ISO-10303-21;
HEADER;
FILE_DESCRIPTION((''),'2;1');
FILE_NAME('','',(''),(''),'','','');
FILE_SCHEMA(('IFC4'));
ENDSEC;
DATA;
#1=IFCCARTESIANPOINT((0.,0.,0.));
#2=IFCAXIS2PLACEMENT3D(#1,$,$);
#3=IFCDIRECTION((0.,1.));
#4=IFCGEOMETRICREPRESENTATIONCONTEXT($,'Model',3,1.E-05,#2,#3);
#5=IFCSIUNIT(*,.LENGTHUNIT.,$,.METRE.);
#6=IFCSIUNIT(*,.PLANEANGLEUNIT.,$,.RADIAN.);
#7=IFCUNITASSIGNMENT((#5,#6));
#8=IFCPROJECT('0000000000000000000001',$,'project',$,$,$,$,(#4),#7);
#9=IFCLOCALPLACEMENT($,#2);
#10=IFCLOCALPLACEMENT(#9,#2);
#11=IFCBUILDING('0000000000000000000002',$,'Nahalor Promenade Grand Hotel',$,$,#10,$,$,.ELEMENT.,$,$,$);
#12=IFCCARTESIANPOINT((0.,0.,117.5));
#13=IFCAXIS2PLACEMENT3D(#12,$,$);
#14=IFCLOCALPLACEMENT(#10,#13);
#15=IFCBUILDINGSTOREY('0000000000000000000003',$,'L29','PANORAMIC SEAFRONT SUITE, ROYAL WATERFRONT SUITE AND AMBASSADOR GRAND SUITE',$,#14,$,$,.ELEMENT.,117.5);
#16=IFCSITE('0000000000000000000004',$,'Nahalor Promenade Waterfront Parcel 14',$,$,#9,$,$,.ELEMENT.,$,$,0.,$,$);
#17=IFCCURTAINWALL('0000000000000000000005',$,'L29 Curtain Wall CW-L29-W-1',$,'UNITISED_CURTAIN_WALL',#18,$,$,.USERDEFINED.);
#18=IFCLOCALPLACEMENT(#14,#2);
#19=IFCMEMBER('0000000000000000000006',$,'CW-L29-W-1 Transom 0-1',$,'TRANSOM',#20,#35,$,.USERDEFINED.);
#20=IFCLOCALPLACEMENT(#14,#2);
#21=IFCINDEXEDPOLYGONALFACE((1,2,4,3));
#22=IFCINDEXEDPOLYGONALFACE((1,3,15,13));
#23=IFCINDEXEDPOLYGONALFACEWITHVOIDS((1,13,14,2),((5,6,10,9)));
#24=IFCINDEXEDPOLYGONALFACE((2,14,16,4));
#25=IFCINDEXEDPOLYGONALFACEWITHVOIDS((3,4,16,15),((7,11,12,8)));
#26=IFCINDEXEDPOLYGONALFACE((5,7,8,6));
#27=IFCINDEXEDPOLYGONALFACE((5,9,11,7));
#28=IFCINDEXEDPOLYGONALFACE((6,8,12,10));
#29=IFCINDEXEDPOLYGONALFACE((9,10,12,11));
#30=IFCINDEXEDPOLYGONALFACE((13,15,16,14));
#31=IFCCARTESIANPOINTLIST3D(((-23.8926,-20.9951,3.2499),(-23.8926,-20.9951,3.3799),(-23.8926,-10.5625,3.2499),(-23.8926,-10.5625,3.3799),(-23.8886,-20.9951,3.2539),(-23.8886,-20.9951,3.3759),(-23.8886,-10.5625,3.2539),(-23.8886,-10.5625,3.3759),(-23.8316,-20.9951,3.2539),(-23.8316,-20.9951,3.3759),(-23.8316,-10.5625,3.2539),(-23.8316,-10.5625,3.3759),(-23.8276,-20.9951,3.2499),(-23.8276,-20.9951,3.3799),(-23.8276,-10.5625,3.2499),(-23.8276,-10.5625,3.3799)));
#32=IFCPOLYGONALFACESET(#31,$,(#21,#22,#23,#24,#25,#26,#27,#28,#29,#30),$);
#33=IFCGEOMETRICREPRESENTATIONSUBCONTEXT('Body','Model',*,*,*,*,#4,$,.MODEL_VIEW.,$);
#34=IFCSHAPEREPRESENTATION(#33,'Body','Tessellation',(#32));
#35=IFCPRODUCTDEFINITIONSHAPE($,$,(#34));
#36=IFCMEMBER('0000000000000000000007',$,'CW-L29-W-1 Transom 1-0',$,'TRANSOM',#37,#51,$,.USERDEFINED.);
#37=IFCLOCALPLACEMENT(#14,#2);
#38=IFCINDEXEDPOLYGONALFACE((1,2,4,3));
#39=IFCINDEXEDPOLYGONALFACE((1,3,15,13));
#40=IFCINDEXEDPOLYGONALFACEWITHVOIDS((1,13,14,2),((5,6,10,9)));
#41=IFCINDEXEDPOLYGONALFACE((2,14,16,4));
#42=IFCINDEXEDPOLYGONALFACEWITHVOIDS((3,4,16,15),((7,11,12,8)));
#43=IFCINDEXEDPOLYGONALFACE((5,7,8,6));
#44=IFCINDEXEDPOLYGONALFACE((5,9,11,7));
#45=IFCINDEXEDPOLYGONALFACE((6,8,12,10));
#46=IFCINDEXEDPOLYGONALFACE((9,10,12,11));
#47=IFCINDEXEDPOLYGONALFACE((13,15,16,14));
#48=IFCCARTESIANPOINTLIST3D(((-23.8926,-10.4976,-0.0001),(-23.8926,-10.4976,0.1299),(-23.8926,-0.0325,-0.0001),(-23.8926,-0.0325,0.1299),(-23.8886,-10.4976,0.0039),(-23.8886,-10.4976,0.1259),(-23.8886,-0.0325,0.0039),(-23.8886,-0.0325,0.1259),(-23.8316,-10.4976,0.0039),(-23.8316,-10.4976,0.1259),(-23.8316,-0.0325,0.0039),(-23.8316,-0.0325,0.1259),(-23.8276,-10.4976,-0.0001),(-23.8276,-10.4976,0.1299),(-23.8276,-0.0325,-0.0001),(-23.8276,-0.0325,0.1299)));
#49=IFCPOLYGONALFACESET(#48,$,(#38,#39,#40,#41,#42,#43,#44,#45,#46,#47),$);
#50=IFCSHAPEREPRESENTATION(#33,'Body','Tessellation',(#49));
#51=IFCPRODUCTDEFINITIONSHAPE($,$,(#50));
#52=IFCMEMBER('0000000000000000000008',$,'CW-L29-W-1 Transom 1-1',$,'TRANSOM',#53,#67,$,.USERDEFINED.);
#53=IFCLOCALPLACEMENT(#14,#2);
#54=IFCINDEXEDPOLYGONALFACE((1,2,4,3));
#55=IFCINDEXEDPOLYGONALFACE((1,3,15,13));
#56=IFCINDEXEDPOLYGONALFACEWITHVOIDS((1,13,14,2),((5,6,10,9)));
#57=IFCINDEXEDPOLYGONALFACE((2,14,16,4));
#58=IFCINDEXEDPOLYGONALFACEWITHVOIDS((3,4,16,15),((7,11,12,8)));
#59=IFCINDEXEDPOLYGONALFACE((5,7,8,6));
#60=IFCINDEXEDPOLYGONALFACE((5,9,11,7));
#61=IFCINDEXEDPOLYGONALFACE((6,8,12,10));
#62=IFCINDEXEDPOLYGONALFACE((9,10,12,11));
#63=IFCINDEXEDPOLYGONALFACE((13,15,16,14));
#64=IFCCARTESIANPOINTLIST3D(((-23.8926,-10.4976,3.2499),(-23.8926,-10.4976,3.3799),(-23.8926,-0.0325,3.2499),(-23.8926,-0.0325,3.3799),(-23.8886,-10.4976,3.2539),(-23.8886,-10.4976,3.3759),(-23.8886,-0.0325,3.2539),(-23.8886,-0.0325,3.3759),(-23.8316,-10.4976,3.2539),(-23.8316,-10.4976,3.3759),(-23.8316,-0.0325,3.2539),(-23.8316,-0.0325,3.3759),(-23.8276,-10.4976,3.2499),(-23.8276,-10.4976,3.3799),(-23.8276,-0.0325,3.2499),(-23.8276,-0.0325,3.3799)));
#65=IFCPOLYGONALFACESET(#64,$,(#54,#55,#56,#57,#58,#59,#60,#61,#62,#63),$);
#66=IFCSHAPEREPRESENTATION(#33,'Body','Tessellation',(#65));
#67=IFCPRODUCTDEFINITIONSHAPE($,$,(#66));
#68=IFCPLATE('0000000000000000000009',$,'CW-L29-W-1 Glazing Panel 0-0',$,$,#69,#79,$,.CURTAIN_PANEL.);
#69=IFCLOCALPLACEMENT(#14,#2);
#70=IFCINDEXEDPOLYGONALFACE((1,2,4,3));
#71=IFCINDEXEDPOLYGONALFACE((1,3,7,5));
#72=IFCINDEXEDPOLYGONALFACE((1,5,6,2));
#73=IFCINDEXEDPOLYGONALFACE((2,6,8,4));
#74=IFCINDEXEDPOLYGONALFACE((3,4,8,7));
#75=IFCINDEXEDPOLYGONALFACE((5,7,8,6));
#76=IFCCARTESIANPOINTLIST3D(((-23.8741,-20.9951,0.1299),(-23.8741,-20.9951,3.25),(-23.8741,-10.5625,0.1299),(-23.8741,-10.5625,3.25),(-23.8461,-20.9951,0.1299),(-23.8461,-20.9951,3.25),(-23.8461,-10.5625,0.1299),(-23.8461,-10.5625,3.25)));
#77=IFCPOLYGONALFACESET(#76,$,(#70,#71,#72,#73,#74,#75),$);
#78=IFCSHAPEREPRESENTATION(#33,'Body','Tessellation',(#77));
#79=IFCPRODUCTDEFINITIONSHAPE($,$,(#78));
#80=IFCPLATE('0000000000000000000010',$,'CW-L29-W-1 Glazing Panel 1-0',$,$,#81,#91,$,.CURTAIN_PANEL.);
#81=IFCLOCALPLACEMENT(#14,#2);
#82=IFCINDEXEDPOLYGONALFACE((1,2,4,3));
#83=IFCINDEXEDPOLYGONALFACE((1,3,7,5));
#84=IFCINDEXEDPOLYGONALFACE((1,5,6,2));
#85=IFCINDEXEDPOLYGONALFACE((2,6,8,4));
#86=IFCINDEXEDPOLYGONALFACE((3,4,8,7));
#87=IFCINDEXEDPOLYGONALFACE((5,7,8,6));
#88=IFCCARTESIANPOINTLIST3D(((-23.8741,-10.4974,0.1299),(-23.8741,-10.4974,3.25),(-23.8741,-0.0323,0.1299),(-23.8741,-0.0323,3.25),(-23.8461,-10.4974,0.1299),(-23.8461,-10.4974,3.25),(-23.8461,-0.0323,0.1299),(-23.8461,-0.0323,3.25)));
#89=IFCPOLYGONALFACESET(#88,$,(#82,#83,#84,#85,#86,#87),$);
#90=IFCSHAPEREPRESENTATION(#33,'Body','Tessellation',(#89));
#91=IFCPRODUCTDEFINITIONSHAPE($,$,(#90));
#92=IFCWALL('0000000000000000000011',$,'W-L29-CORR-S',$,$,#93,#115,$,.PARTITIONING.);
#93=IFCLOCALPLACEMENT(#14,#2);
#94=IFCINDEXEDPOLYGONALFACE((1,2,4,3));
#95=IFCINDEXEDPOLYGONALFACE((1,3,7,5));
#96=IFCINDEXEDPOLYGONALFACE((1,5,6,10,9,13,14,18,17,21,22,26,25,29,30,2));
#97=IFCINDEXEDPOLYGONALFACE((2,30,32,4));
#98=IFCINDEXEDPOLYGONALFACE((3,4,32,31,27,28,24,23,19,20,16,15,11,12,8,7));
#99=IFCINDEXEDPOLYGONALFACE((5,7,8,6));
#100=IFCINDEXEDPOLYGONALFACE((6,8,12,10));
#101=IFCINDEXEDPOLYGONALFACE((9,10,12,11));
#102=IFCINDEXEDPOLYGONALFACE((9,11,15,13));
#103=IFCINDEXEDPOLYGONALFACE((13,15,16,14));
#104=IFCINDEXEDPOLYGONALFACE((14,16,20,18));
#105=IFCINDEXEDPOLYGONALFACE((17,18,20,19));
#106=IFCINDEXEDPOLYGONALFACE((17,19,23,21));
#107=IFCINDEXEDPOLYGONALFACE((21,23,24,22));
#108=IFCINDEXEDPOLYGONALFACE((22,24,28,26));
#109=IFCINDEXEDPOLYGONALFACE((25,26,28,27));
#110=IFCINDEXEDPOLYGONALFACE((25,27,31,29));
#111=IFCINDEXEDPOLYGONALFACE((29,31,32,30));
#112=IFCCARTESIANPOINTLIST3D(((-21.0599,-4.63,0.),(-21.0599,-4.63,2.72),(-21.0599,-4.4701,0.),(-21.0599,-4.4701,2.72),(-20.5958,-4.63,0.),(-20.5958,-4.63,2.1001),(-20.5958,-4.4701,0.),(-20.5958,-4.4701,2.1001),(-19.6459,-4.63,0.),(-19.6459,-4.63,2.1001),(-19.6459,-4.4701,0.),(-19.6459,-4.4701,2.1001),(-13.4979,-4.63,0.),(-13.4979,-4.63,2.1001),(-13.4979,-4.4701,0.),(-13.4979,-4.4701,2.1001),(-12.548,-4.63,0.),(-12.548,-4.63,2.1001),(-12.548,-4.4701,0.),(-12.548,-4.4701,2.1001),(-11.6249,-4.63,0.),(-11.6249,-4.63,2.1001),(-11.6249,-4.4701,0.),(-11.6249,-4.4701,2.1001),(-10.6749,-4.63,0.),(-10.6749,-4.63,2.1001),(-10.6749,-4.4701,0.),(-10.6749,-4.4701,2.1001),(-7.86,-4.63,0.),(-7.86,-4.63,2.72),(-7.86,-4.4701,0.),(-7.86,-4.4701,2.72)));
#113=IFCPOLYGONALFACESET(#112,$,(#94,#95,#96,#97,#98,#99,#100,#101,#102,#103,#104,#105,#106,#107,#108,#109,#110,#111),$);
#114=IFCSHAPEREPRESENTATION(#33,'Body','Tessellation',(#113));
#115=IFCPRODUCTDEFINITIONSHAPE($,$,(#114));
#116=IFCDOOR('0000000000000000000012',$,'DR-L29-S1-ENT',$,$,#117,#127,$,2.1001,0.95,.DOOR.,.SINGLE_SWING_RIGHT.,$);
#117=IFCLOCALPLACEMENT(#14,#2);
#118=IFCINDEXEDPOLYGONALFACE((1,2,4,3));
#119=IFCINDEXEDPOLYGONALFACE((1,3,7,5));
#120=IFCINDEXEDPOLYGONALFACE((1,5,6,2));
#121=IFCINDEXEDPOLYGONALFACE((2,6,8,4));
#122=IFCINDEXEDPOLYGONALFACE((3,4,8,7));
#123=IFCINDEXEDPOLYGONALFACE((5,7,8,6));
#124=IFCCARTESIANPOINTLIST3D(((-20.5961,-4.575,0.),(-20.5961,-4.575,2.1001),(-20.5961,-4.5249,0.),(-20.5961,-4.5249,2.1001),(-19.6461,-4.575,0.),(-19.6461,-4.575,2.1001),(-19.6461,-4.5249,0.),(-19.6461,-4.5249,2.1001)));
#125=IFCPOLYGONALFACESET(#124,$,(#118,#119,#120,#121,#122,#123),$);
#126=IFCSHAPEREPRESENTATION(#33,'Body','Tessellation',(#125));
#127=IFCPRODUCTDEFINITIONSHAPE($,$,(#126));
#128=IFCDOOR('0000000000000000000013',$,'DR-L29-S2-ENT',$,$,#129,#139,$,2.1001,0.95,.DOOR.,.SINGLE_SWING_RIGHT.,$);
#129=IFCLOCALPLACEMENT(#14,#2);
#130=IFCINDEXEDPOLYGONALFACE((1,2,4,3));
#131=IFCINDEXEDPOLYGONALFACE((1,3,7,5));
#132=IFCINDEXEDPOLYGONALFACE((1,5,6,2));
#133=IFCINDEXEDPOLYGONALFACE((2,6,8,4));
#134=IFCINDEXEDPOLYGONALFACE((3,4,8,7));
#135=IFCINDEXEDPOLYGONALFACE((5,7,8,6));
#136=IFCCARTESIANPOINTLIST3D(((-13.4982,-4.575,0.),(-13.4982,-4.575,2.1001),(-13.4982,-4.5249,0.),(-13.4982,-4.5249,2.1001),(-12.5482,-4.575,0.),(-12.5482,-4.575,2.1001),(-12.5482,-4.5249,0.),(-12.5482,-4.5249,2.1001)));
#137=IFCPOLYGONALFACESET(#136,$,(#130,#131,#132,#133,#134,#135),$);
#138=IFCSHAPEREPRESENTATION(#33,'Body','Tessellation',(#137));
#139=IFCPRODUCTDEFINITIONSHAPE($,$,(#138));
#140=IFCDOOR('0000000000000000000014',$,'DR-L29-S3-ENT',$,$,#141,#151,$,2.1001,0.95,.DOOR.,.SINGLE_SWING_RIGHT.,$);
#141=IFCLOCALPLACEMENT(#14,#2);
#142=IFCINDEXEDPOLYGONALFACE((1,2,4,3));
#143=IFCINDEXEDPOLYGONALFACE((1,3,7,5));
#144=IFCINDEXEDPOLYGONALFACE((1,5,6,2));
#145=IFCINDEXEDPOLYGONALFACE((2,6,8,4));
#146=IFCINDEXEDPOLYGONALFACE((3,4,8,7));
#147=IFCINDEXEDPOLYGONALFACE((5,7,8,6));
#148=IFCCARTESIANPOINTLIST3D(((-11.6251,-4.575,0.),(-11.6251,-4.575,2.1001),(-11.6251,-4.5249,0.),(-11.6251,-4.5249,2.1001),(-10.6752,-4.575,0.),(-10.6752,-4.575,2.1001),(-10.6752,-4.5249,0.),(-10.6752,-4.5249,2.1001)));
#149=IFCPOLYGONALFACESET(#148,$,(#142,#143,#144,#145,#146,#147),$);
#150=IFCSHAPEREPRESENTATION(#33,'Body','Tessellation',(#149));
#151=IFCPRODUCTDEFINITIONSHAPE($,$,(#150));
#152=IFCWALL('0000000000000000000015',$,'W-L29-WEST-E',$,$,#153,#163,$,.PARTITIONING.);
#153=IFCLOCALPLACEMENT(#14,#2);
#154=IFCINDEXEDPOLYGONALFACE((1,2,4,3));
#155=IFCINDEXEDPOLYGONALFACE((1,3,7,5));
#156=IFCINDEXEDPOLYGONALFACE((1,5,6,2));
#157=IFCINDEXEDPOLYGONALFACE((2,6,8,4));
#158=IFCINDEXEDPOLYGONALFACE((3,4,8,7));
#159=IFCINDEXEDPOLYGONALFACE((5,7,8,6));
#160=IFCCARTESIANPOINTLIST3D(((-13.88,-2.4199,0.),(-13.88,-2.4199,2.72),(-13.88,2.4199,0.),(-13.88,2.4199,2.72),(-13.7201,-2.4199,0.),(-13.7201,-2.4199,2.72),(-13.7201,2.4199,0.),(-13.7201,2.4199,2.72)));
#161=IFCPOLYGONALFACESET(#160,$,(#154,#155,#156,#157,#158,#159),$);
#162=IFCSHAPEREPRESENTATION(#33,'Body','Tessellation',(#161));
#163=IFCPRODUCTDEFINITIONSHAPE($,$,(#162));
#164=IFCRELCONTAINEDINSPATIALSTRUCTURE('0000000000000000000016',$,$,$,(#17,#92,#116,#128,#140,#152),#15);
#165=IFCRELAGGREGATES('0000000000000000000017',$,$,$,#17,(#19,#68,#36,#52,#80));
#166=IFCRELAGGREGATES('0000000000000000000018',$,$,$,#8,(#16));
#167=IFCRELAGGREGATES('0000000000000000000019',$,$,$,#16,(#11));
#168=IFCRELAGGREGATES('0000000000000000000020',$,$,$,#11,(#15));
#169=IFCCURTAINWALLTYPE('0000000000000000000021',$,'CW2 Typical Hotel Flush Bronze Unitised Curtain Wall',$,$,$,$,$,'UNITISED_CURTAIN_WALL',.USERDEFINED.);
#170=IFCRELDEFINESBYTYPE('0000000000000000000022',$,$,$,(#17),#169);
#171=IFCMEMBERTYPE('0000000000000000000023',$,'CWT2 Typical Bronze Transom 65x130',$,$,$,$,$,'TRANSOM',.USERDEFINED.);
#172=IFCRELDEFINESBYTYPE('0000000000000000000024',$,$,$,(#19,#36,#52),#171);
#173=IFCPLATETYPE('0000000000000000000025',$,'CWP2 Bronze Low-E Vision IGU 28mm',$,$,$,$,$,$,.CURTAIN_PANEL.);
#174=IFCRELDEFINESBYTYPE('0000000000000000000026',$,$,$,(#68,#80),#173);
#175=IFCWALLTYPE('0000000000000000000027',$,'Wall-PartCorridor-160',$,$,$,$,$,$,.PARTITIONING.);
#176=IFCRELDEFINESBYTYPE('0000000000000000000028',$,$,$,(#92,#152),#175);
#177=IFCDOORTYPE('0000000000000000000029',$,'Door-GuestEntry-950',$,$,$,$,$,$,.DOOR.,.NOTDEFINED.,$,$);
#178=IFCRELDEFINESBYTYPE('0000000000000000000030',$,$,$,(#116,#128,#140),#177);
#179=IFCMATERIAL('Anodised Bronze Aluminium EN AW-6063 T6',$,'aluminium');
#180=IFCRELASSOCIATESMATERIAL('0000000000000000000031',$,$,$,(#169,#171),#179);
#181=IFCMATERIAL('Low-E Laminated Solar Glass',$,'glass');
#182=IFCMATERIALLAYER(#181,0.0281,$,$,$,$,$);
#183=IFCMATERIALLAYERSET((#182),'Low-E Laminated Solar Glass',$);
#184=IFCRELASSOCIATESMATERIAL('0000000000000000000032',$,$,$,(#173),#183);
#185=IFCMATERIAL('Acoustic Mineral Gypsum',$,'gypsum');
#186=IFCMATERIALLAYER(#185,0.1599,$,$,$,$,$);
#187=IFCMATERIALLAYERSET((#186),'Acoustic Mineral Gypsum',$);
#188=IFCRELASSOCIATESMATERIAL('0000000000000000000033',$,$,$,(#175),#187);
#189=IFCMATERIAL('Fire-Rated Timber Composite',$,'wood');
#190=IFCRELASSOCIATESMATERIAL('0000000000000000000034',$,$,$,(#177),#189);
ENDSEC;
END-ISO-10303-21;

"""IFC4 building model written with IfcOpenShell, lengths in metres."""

from ifc_helpers import new_model, si_unit, direction, frame, frame_2d, origin, origin_2d, place, context, subcontext, project, spatial, rectangle, hollow_rectangle, extrude, source, transform, mapped, material, layer, layer_set, material_profile, profile_set, type_object, element, fill, aggregate, save


model = new_model("IFC4")

# Units and contexts
model_context = context("Model", 3, precision=1e-05, world=origin(), true_north=direction((0.0, 1.0)))
body_context = subcontext(model_context, "Body", "Model", "MODEL_VIEW")
ifc_project = project(units=[si_unit("LENGTHUNIT", "METRE"), si_unit("PLANEANGLEUNIT", "RADIAN")], contexts=[model_context])

# Site, building, storey
site_placement = place(None, origin())
site = spatial("IfcSite", under=ifc_project, at=site_placement, Name="Nahalor Promenade Waterfront Parcel 14", CompositionType="ELEMENT", RefElevation=0.0)
building_placement = place(site_placement, origin())
building = spatial("IfcBuilding", under=site, at=building_placement, Name="Nahalor Promenade Grand Hotel", CompositionType="ELEMENT")
storey_placement = place(building_placement, frame((0.0, 0.0, 117.5)))
storey = spatial("IfcBuildingStorey", under=building, at=storey_placement, Name="L29", Description="PANORAMIC SEAFRONT SUITE, ROYAL WATERFRONT SUITE AND AMBASSADOR GRAND SUITE", CompositionType="ELEMENT", Elevation=117.5)

# Curtain wall, members, plates
ifc_material_1 = material(Name="Anodised Bronze Aluminium EN AW-6063 T6", Category="aluminium")
curtain_wall_type = type_object("IfcCurtainWallType", Name="CW2 Typical Hotel Flush Bronze Unitised Curtain Wall", ElementType="UNITISED_CURTAIN_WALL", PredefinedType="USERDEFINED", material=ifc_material_1)
curtain_wall_placement = place(storey_placement, origin())
curtain_wall = element("IfcCurtainWall", 1, at=curtain_wall_placement, inside=storey, type_object=curtain_wall_type, Name="L29 Curtain Wall CW-L29-W-1", ObjectType="UNITISED_CURTAIN_WALL", PredefinedType="USERDEFINED")
ifc_material_profile_1 = material_profile(ifc_material_1, hollow_rectangle(XDim=0.065, YDim=0.13, WallThickness=0.004, at=origin_2d()), Name="CWT 65x130x4")
ifc_profile_set_1 = profile_set([ifc_material_profile_1], Name="Anodised Bronze Aluminium EN AW-6063 T6")
member_type_1 = type_object("IfcMemberType", Name="CWT2 Typical Bronze Transom 65x130", ElementType="TRANSOM", PredefinedType="USERDEFINED", material=ifc_profile_set_1)
shared_shape_1 = source(origin(), body_context, "Body", "SweptSolid", [
    extrude(hollow_rectangle(XDim=0.065, YDim=0.13, WallThickness=0.004, at=origin_2d()), origin(), (0.0, 0.0, 1.0), 10.4326),
])
member_1_placement = place(storey_placement, frame((-23.8601, -20.9951, 3.3149), z_axis=(0.0, 1.0, 0.0), x_axis=(-1.0, 0.0, 0.0)))
member_1 = element("IfcMember", 2, at=member_1_placement, type_object=member_type_1, Name="CW-L29-W-1 Transom 0-1", ObjectType="TRANSOM", PredefinedType="USERDEFINED", context=body_context, shape_type="MappedRepresentation", body=[
    mapped(shared_shape_1, transform((0.0, 0.0, 0.0), scale=1.0)),
])
shared_shape_2 = source(origin(), body_context, "Body", "SweptSolid", [
    extrude(hollow_rectangle(XDim=0.065, YDim=0.13, WallThickness=0.004, at=origin_2d()), origin(), (0.0, 0.0, 1.0), 10.4651),
])
member_2_placement = place(storey_placement, frame((-23.8601, -10.4976, 0.0649), z_axis=(0.0, 1.0, 0.0), x_axis=(-1.0, 0.0, 0.0)))
member_2 = element("IfcMember", 3, at=member_2_placement, type_object=member_type_1, Name="CW-L29-W-1 Transom 1-0", ObjectType="TRANSOM", PredefinedType="USERDEFINED", context=body_context, shape_type="MappedRepresentation", body=[
    mapped(shared_shape_2, transform((0.0, 0.0, 0.0), scale=1.0)),
])
member_3_placement = place(storey_placement, frame((-23.8601, -10.4976, 3.3149), z_axis=(0.0, 1.0, 0.0), x_axis=(-1.0, 0.0, 0.0)))
member_3 = element("IfcMember", 4, at=member_3_placement, type_object=member_type_1, Name="CW-L29-W-1 Transom 1-1", ObjectType="TRANSOM", PredefinedType="USERDEFINED", context=body_context, shape_type="MappedRepresentation", body=[
    mapped(shared_shape_2, transform((0.0, 0.0, 0.0), scale=1.0)),
])
ifc_material_2 = material(Name="Low-E Laminated Solar Glass", Category="glass")
ifc_layer_1 = layer(ifc_material_2, 0.0281)
ifc_layer_set_1 = layer_set([ifc_layer_1], Name="Low-E Laminated Solar Glass")
plate_type = type_object("IfcPlateType", Name="CWP2 Bronze Low-E Vision IGU 28mm", PredefinedType="CURTAIN_PANEL", material=ifc_layer_set_1)
shared_shape_3 = source(origin(), body_context, "Body", "SweptSolid", [
    extrude(rectangle(XDim=10.4326, YDim=0.0281, at=origin_2d()), origin(), (0.0, 0.0, 1.0), 3.1201),
])
plate_1_placement = place(storey_placement, frame((-23.8601, -15.7788, 0.1299), z_axis=(0.0, 0.0, 1.0), x_axis=(0.0, 1.0, 0.0)))
plate_1 = element("IfcPlate", 5, at=plate_1_placement, type_object=plate_type, Name="CW-L29-W-1 Glazing Panel 0-0", PredefinedType="CURTAIN_PANEL", context=body_context, shape_type="MappedRepresentation", body=[
    mapped(shared_shape_3, transform((0.0, 0.0, 0.0), scale=1.0)),
])
shared_shape_4 = source(origin(), body_context, "Body", "SweptSolid", [
    extrude(rectangle(XDim=10.4651, YDim=0.0281, at=origin_2d()), origin(), (0.0, 0.0, 1.0), 3.1201),
])
plate_2_placement = place(storey_placement, frame((-23.8601, -5.2649, 0.1299), z_axis=(0.0, 0.0, 1.0), x_axis=(0.0, 1.0, 0.0)))
plate_2 = element("IfcPlate", 6, at=plate_2_placement, type_object=plate_type, Name="CW-L29-W-1 Glazing Panel 1-0", PredefinedType="CURTAIN_PANEL", context=body_context, shape_type="MappedRepresentation", body=[
    mapped(shared_shape_4, transform((0.0, 0.0, 0.0), scale=1.0)),
])
aggregate(curtain_wall, [member_1, plate_1, member_2, member_3, plate_2])

# Wall, openings, doors
ifc_material_3 = material(Name="Acoustic Mineral Gypsum", Category="gypsum")
ifc_layer_2 = layer(ifc_material_3, 0.1599)
ifc_layer_set_2 = layer_set([ifc_layer_2], Name="Acoustic Mineral Gypsum")
wall_type = type_object("IfcWallType", Name="Wall-PartCorridor-160", PredefinedType="PARTITIONING", material=ifc_layer_set_2)
shared_shape_5 = source(origin(), body_context, "Body", "SweptSolid", [
    extrude(rectangle(XDim=13.2, YDim=0.1599, at=frame_2d((6.6001, 0.0))), origin(), (0.0, 0.0, 1.0), 2.72),
])
wall_1_placement = place(storey_placement, frame((-21.0601, -4.55, 0.0), z_axis=(0.0, 0.0, 1.0), x_axis=(1.0, 0.0, 0.0)))
wall_1 = element("IfcWall", 7, at=wall_1_placement, inside=storey, type_object=wall_type, Name="W-L29-CORR-S", PredefinedType="PARTITIONING", context=body_context, shape_type="MappedRepresentation", body=[
    mapped(shared_shape_5, transform((0.0, 0.0, 0.0), scale=1.0)),
])
opening_1_placement = place(wall_1_placement, frame((0.4641, 0.0, 0.0)))
opening_1 = element("IfcOpeningElement", 8, at=opening_1_placement, cuts=wall_1, PredefinedType="OPENING", context=body_context, shape_type="SweptSolid", body=[
    extrude(rectangle(XDim=0.95, YDim=2.1001, at=frame_2d((0.4751, 1.05))), frame((0.0, 0.0898, 0.0), z_axis=(0.0, -1.0, 0.0), x_axis=(1.0, 0.0, 0.0)), (0.0, 0.0, 1.0), 0.1799),
])
opening_2_placement = place(wall_1_placement, frame((7.562, 0.0, 0.0)))
opening_2 = element("IfcOpeningElement", 9, at=opening_2_placement, cuts=wall_1, PredefinedType="OPENING", context=body_context, shape_type="SweptSolid", body=[
    extrude(rectangle(XDim=0.95, YDim=2.1001, at=frame_2d((0.4751, 1.05))), frame((0.0, 0.0898, 0.0), z_axis=(0.0, -1.0, 0.0), x_axis=(1.0, 0.0, 0.0)), (0.0, 0.0, 1.0), 0.1799),
])
opening_3_placement = place(wall_1_placement, frame((9.4351, 0.0, 0.0)))
opening_3 = element("IfcOpeningElement", 10, at=opening_3_placement, cuts=wall_1, PredefinedType="OPENING", context=body_context, shape_type="SweptSolid", body=[
    extrude(rectangle(XDim=0.95, YDim=2.1001, at=frame_2d((0.4751, 1.05))), frame((0.0, 0.0898, 0.0), z_axis=(0.0, -1.0, 0.0), x_axis=(1.0, 0.0, 0.0)), (0.0, 0.0, 1.0), 0.1799),
])
ifc_material_4 = material(Name="Fire-Rated Timber Composite", Category="wood")
door_type = type_object("IfcDoorType", Name="Door-GuestEntry-950", OperationType="NOTDEFINED", PredefinedType="DOOR", material=ifc_material_4)
shared_shape_6 = source(origin(), body_context, "Body", "SweptSolid", [
    extrude(rectangle(XDim=0.95, YDim=2.1001, at=frame_2d((0.4751, 1.05))), frame((0.0, 0.0249, 0.0), z_axis=(0.0, -1.0, 0.0), x_axis=(1.0, 0.0, 0.0)), (0.0, 0.0, 1.0), 0.05),
])
door_1_placement = place(opening_1_placement, frame((0.95, 0.0, 0.0), z_axis=(0.0, 0.0, 1.0), x_axis=(-1.0, 0.0, 0.0)))
door_1 = element("IfcDoor", 11, at=door_1_placement, inside=storey, type_object=door_type, Name="DR-L29-S1-ENT", OperationType="SINGLE_SWING_RIGHT", OverallHeight=2.1001, OverallWidth=0.95, PredefinedType="DOOR", context=body_context, shape_type="MappedRepresentation", body=[
    mapped(shared_shape_6, transform((0.0, 0.0, 0.0), scale=1.0)),
])
fill(opening_1, door_1)
door_2_placement = place(opening_2_placement, frame((0.95, 0.0, 0.0), z_axis=(0.0, 0.0, 1.0), x_axis=(-1.0, 0.0, 0.0)))
door_2 = element("IfcDoor", 12, at=door_2_placement, inside=storey, type_object=door_type, Name="DR-L29-S2-ENT", OperationType="SINGLE_SWING_RIGHT", OverallHeight=2.1001, OverallWidth=0.95, PredefinedType="DOOR", context=body_context, shape_type="MappedRepresentation", body=[
    mapped(shared_shape_6, transform((0.0, 0.0, 0.0), scale=1.0)),
])
fill(opening_2, door_2)
door_3_placement = place(opening_3_placement, frame((0.95, 0.0, 0.0), z_axis=(0.0, 0.0, 1.0), x_axis=(-1.0, 0.0, 0.0)))
door_3 = element("IfcDoor", 13, at=door_3_placement, inside=storey, type_object=door_type, Name="DR-L29-S3-ENT", OperationType="SINGLE_SWING_RIGHT", OverallHeight=2.1001, OverallWidth=0.95, PredefinedType="DOOR", context=body_context, shape_type="MappedRepresentation", body=[
    mapped(shared_shape_6, transform((0.0, 0.0, 0.0), scale=1.0)),
])
fill(opening_3, door_3)

# Wall
shared_shape_7 = source(origin(), body_context, "Body", "SweptSolid", [
    extrude(rectangle(XDim=4.8398, YDim=0.1599, at=frame_2d((2.4199, 0.0))), origin(), (0.0, 0.0, 1.0), 2.72),
])
wall_2_placement = place(storey_placement, frame((-13.8, -2.4199, 0.0), z_axis=(0.0, 0.0, 1.0), x_axis=(0.0, 1.0, 0.0)))
element("IfcWall", 14, at=wall_2_placement, inside=storey, type_object=wall_type, Name="W-L29-WEST-E", PredefinedType="PARTITIONING", context=body_context, shape_type="MappedRepresentation", body=[
    mapped(shared_shape_7, transform((0.0, 0.0, 0.0), scale=1.0)),
])

save(model, "model.ifc")
